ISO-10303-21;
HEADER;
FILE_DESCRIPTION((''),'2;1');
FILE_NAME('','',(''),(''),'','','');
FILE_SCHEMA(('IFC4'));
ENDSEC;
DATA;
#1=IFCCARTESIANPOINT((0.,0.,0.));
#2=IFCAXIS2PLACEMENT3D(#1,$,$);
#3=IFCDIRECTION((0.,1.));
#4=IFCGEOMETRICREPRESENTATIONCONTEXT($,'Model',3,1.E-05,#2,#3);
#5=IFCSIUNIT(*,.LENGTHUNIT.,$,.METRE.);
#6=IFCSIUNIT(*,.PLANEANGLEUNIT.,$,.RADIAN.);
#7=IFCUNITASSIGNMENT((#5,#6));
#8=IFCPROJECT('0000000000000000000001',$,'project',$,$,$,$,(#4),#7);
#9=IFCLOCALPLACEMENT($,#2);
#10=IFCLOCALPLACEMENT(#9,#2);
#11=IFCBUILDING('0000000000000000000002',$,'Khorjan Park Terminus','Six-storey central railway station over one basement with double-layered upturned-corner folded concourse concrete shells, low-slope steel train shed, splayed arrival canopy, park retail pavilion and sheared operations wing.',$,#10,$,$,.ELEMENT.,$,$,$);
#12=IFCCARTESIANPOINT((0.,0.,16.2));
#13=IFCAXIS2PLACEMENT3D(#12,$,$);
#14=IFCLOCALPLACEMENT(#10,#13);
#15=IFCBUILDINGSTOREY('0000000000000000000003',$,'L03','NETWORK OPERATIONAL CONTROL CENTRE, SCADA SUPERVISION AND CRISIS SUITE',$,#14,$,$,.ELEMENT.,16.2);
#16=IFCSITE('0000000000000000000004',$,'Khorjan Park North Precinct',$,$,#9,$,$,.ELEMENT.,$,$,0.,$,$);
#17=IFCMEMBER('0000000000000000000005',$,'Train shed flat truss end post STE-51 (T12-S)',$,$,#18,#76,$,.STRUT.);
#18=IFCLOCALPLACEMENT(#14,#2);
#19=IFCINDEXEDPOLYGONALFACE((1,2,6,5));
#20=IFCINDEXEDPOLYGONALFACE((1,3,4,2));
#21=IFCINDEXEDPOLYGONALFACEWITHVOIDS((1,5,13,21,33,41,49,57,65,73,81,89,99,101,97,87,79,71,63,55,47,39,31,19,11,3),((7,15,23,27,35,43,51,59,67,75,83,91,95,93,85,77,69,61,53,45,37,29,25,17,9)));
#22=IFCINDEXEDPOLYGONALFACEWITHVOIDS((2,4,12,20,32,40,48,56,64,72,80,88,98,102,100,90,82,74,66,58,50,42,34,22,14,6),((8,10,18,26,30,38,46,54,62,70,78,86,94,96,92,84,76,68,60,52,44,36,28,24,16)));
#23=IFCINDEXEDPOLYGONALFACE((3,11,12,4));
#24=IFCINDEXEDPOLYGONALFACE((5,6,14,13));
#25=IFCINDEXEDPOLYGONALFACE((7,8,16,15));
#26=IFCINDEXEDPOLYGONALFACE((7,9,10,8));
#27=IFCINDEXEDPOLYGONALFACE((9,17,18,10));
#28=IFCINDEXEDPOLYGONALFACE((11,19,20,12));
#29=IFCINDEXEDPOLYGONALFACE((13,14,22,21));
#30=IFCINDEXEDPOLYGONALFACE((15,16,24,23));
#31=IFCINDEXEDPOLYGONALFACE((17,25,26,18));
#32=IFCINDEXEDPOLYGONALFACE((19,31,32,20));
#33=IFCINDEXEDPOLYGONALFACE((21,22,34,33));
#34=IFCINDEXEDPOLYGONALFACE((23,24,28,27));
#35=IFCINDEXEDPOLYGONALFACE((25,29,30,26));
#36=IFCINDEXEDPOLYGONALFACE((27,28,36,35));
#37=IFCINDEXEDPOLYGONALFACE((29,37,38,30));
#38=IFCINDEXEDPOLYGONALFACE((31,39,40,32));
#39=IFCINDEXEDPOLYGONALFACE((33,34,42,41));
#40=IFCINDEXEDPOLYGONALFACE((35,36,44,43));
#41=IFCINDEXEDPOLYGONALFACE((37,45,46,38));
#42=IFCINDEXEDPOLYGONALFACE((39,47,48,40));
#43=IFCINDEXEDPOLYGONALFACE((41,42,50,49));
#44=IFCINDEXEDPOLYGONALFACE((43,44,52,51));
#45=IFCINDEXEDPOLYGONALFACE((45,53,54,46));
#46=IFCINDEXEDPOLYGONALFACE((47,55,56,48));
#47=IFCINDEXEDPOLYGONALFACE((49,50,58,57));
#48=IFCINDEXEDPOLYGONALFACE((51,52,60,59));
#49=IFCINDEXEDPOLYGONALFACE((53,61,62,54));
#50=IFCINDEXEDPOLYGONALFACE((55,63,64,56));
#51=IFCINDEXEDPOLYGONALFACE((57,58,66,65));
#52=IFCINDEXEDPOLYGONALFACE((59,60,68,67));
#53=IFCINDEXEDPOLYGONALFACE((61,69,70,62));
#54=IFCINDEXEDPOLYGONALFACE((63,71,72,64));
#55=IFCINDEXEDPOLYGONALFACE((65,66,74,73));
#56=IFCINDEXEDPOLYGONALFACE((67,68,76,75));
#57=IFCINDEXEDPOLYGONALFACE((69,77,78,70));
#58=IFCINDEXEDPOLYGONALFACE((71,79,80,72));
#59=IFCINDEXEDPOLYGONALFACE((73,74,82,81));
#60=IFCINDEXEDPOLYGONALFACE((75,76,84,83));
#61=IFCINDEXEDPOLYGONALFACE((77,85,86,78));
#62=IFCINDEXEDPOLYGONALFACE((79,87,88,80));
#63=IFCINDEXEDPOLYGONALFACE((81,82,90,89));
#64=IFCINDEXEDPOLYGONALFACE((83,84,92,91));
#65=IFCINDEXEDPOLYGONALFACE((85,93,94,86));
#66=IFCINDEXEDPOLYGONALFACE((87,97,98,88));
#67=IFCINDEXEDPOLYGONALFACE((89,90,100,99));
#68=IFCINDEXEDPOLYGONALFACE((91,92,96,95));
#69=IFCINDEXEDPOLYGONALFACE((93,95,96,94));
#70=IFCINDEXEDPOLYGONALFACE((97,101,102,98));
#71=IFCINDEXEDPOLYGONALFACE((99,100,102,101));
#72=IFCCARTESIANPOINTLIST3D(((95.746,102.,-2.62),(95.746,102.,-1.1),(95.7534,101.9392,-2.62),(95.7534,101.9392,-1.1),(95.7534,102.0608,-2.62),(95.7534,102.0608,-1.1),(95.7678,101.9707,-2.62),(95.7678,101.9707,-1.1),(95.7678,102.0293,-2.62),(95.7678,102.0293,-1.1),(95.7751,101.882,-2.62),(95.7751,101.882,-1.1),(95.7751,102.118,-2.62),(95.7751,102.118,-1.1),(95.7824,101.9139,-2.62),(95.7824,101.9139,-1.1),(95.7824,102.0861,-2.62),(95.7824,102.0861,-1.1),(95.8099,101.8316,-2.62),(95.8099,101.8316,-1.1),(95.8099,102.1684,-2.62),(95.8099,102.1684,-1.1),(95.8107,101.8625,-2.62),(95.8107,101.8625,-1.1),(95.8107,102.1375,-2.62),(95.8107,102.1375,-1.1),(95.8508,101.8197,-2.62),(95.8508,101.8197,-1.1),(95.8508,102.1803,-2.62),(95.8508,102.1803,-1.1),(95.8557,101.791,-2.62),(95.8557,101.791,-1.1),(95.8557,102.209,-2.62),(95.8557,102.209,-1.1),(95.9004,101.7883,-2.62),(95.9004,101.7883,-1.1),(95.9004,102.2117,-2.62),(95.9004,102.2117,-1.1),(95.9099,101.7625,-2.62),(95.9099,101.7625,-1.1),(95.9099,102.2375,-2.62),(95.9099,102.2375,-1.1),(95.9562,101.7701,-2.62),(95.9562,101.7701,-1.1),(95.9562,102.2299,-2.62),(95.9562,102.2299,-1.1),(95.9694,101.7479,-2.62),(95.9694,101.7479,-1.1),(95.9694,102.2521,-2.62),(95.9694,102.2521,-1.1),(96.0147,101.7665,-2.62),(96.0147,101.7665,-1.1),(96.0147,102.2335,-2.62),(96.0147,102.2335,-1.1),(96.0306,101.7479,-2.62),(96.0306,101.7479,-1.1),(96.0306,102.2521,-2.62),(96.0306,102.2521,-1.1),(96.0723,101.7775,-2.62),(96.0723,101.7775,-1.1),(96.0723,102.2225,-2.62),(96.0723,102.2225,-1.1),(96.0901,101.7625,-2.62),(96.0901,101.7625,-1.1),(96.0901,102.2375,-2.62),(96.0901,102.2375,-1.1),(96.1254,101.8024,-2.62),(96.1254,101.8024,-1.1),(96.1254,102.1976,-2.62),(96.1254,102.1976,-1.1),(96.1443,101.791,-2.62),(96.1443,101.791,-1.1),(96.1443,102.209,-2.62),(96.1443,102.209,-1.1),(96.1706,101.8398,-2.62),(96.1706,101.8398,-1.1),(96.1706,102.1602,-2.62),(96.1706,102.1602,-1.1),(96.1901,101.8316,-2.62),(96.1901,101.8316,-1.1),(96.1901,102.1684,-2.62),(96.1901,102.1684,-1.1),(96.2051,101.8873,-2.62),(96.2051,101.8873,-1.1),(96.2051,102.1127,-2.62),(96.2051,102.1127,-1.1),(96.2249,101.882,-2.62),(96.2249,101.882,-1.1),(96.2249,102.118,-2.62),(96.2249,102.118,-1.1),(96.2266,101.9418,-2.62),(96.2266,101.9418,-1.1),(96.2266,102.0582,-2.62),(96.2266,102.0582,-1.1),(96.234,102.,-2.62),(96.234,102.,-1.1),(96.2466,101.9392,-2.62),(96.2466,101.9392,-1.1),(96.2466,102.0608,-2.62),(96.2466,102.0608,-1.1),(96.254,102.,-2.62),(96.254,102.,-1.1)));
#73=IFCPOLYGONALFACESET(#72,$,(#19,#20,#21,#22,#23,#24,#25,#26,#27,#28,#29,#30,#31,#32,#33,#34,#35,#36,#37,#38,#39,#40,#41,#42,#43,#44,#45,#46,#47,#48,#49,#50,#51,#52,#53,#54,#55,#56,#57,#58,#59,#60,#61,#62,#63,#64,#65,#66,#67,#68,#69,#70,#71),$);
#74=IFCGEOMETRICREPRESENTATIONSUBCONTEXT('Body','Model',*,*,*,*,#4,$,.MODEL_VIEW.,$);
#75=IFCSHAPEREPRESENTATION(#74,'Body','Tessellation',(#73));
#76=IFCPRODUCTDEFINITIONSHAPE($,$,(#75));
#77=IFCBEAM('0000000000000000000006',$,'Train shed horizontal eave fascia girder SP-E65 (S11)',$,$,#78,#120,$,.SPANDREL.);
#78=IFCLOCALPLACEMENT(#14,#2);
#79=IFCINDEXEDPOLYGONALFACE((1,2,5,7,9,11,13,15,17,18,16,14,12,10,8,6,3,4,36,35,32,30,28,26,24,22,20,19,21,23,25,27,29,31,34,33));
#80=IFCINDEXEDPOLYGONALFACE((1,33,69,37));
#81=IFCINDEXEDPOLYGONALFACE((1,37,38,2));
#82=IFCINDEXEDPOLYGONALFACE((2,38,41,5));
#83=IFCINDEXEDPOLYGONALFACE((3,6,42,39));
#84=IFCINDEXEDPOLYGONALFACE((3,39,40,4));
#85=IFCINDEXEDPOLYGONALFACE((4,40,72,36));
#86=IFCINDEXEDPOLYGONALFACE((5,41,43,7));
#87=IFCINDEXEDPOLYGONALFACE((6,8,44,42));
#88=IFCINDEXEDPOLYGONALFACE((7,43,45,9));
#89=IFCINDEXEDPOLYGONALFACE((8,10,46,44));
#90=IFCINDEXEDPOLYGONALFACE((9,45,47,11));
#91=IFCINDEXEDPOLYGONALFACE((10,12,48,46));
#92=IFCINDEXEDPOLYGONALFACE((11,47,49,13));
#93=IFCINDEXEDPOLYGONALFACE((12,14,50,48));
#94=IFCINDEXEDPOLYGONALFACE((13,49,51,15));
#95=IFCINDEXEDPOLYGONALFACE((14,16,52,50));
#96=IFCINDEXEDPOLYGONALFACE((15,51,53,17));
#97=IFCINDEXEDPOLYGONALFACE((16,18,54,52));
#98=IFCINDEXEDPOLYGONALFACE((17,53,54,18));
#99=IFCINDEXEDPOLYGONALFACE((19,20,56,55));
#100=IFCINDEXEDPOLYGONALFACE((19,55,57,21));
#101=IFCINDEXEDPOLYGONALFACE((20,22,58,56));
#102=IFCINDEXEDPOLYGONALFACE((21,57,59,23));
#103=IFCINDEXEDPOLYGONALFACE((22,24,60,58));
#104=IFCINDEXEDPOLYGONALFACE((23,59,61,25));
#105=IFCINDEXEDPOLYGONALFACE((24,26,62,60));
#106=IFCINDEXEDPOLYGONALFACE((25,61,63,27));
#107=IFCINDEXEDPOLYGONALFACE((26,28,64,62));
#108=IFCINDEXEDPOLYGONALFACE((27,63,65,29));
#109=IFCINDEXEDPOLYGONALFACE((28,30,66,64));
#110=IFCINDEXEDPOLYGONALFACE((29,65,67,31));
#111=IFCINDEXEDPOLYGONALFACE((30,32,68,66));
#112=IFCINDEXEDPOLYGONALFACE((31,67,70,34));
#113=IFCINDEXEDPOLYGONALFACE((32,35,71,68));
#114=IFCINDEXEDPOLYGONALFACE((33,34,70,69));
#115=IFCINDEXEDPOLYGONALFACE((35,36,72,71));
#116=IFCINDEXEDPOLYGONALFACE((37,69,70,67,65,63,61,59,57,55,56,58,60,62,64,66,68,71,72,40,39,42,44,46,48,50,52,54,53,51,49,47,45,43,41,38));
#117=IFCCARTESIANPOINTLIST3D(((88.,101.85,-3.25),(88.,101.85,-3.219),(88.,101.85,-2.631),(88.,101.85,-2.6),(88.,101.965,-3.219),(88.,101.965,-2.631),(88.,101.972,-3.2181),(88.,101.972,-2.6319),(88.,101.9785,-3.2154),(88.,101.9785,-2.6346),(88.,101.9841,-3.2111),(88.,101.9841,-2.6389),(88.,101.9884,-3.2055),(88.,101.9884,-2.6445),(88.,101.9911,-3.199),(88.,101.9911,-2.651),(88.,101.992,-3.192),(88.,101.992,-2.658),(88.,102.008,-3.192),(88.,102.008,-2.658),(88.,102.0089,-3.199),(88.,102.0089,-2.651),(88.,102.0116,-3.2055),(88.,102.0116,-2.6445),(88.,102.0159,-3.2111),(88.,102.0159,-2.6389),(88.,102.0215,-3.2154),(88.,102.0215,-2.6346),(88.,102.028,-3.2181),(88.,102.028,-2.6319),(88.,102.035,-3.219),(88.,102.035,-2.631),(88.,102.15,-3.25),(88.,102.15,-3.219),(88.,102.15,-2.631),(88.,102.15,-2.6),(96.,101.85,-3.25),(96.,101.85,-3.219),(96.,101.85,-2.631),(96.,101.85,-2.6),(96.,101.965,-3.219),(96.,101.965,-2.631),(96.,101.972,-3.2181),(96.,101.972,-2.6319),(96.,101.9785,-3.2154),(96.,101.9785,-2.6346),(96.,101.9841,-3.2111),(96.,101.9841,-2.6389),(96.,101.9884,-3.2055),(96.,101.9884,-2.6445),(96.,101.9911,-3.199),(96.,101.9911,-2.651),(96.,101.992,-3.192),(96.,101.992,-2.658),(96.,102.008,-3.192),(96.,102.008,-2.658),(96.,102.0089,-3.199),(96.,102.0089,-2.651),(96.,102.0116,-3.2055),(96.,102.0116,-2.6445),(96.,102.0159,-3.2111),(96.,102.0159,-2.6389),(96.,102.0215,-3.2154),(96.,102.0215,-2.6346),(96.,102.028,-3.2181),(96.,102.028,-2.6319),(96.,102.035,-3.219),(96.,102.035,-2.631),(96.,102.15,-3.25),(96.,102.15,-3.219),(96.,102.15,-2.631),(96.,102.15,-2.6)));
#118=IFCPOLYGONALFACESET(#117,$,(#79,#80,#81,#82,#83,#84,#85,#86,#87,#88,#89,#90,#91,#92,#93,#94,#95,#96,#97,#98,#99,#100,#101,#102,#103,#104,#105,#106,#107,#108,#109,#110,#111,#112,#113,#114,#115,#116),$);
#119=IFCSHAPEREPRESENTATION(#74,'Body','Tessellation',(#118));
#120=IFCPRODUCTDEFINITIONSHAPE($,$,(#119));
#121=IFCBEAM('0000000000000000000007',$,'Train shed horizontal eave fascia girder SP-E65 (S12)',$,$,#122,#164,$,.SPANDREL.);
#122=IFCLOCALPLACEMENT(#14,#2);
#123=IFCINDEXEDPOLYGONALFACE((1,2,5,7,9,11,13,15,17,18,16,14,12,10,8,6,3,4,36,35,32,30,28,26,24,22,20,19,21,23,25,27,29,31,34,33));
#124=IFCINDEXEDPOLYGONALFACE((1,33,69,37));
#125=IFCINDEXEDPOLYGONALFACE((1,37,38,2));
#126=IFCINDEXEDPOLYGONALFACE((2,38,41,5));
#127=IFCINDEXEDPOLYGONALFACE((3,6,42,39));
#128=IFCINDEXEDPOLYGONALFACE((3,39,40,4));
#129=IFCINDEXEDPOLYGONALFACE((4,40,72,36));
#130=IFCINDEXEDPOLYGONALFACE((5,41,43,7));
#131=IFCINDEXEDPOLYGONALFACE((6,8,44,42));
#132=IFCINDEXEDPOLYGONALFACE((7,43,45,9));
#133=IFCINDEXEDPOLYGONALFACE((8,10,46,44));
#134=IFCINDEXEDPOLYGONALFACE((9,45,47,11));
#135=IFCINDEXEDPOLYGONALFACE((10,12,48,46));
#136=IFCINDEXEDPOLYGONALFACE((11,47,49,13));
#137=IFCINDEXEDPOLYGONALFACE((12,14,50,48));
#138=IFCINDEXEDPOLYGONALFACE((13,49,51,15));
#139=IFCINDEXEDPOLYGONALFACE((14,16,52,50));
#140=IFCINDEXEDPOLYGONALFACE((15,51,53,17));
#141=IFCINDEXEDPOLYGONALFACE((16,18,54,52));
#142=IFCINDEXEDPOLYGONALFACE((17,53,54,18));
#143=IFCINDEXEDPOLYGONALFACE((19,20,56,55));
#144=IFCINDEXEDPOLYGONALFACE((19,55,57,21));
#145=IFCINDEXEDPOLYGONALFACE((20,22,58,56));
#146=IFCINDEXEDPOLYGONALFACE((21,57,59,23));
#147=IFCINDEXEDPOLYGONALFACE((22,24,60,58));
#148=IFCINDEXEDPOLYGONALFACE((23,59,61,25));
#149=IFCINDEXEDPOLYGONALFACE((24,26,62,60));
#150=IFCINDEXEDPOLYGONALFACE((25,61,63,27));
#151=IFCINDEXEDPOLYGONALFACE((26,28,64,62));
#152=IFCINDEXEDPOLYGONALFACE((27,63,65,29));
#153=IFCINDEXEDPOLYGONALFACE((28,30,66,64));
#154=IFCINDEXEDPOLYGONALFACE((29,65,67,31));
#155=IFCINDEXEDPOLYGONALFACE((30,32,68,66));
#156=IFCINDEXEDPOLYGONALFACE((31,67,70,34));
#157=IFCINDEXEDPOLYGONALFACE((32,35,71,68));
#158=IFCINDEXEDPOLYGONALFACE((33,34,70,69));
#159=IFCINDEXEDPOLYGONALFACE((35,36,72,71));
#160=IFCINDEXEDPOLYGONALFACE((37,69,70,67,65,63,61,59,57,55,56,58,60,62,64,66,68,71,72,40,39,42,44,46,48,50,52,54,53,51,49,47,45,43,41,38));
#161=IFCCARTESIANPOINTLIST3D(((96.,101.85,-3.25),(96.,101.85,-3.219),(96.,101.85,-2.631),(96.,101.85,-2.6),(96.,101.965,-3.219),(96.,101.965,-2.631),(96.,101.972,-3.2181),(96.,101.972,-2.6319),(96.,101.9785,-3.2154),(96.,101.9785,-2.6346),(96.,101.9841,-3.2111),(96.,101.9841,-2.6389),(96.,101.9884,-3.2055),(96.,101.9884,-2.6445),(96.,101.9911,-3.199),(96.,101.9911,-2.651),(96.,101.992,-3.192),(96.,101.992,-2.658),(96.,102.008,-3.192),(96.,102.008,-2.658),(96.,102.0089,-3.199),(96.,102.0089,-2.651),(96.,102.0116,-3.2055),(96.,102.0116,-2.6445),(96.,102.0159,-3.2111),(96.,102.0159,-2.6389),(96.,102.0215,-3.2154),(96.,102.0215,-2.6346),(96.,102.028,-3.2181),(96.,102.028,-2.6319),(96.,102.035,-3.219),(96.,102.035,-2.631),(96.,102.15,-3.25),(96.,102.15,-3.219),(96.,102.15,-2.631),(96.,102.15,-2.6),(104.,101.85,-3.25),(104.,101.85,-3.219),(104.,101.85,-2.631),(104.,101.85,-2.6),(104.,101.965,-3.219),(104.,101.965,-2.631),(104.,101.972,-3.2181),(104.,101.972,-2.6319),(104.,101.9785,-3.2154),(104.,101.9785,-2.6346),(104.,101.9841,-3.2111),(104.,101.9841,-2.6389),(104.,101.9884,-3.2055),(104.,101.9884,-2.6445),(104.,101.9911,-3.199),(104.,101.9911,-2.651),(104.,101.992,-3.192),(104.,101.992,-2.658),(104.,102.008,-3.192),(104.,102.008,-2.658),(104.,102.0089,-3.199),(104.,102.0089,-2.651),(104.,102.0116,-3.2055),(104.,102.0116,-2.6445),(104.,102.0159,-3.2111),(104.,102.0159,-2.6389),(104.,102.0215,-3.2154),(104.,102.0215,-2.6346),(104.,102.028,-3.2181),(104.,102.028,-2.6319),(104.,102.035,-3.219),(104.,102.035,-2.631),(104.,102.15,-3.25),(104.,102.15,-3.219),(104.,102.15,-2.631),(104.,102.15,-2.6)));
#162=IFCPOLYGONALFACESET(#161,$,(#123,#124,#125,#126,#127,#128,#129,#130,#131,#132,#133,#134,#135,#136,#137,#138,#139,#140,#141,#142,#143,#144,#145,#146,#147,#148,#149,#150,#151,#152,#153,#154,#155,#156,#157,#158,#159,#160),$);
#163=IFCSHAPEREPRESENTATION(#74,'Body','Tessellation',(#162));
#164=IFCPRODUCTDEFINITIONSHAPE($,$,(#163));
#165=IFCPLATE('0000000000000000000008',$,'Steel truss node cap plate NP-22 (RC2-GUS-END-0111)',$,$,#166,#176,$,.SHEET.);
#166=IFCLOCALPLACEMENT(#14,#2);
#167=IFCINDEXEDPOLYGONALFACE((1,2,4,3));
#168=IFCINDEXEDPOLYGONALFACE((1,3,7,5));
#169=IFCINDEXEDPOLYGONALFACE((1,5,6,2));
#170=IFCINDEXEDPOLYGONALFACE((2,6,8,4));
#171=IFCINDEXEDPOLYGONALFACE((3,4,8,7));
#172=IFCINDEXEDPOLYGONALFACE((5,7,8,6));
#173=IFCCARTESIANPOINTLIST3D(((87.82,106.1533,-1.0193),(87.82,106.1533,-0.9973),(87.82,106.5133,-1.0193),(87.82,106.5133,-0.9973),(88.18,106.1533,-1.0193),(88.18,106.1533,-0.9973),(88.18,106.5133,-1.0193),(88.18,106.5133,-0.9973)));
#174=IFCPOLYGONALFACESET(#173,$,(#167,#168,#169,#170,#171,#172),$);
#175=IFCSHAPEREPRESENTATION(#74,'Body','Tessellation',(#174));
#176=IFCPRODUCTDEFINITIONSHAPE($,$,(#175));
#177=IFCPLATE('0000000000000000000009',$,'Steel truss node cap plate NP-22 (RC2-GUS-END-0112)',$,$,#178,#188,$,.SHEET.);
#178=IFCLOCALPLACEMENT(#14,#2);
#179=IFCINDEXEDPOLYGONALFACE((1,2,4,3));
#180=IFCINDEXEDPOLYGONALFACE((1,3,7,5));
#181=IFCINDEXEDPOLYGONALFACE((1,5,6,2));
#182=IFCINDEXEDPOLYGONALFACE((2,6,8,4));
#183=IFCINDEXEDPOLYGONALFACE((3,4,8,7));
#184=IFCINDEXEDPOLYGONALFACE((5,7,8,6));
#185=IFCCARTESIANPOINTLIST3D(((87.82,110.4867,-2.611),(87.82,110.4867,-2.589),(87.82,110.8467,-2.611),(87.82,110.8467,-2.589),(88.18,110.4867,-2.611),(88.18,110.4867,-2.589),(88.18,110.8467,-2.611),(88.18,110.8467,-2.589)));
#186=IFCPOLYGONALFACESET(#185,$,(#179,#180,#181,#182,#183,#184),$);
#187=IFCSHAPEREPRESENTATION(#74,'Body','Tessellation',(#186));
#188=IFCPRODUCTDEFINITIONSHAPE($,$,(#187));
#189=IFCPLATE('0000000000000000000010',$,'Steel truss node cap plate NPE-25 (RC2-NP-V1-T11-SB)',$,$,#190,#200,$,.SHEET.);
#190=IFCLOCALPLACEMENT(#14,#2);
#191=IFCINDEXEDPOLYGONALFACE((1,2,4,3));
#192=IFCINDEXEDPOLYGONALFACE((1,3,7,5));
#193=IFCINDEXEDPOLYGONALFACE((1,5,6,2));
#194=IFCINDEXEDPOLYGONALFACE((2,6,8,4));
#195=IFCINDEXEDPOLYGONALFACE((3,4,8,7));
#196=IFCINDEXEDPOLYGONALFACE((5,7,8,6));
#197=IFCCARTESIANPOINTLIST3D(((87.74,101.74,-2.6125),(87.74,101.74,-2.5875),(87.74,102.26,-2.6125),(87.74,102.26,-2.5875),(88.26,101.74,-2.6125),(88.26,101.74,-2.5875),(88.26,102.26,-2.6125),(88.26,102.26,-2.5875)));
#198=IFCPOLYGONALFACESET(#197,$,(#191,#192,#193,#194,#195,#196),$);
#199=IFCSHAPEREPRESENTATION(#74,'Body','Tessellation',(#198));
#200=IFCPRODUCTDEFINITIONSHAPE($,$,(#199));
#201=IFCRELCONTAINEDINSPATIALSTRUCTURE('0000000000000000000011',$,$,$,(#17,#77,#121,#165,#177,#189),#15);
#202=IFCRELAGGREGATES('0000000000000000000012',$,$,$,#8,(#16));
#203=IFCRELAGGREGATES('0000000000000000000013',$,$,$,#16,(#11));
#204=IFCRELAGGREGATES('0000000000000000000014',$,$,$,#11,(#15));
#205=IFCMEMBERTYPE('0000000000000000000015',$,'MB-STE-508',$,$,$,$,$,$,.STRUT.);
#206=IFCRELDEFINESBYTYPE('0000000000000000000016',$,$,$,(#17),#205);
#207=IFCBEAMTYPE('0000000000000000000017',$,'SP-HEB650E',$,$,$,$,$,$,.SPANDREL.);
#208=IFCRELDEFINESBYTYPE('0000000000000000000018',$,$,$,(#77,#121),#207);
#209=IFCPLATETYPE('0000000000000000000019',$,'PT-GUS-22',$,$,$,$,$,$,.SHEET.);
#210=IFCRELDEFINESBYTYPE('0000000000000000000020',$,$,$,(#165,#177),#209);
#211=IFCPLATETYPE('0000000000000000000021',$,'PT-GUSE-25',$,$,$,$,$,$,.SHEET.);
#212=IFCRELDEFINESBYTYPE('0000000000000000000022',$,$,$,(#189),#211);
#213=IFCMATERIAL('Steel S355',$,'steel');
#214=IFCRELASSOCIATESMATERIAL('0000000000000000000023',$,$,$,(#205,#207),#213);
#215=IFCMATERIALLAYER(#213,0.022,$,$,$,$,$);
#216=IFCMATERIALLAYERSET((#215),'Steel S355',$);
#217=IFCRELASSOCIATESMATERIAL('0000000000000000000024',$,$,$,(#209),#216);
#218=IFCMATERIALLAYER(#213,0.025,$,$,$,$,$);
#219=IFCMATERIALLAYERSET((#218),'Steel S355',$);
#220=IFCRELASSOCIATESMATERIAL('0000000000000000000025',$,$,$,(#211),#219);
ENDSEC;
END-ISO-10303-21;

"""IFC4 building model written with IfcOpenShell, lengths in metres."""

from ifc_helpers import new_model, si_unit, direction, frame, origin, origin_2d, place, context, subcontext, project, spatial, rectangle, hollow_circle, i_section, extrude, material, layer, layer_set, material_profile, profile_set, type_object, element, save


model = new_model("IFC4")

# Units and contexts
model_context = context("Model", 3, precision=1e-05, world=origin(), true_north=direction((0.0, 1.0)))
body_context = subcontext(model_context, "Body", "Model", "MODEL_VIEW")
ifc_project = project(units=[si_unit("LENGTHUNIT", "METRE"), si_unit("PLANEANGLEUNIT", "RADIAN")], contexts=[model_context])

# Site, building, storey
site_placement = place(None, origin())
site = spatial("IfcSite", under=ifc_project, at=site_placement, Name="Khorjan Park North Precinct", CompositionType="ELEMENT", RefElevation=0.0)
building_placement = place(site_placement, origin())
building = spatial("IfcBuilding", under=site, at=building_placement, Name="Khorjan Park Terminus", Description="Six-storey central railway station over one basement with double-layered upturned-corner folded concourse concrete shells, low-slope steel train shed, splayed arrival canopy, park retail pavilion and sheared operations wing.", CompositionType="ELEMENT")
storey_placement = place(building_placement, frame((0.0, 0.0, 16.2)))
storey = spatial("IfcBuildingStorey", under=building, at=storey_placement, Name="L03", Description="NETWORK OPERATIONAL CONTROL CENTRE, SCADA SUPERVISION AND CRISIS SUITE", CompositionType="ELEMENT", Elevation=16.2)

# Member
ifc_material_1 = material(Name="Steel S355", Category="steel")
ifc_material_profile_1 = material_profile(ifc_material_1, hollow_circle(Radius=0.254, WallThickness=0.02, at=origin_2d()), Name="CHS 508x20")
ifc_profile_set_1 = profile_set([ifc_material_profile_1], Name="Steel S355")
member_type_1 = type_object("IfcMemberType", Name="MB-STE-508", PredefinedType="STRUT", material=ifc_profile_set_1)
for number, where, z_axis, x_axis, name in (
    (1, (96.0, 102.0, -2.62), (0.0, 0.0, 1.0), (1.0, 0.0, 0.0), "Train shed flat truss end post STE-51 (T12-S)"),
):
    element("IfcMember", number, at=place(storey_placement, frame(where, z_axis=z_axis, x_axis=x_axis)), inside=storey, type_object=member_type_1, Name=name, PredefinedType="STRUT", context=body_context, shape_type="SweptSolid", body=[
        extrude(hollow_circle(Radius=0.254, WallThickness=0.02, at=origin_2d()), origin(), (0.0, 0.0, 1.0), 1.52),
    ])

# Beams
ifc_material_profile_2 = material_profile(ifc_material_1, i_section(OverallWidth=0.3, OverallDepth=0.65, WebThickness=0.016, FlangeThickness=0.031, FilletRadius=0.027, at=origin_2d()), Name="HEB 650")
ifc_profile_set_2 = profile_set([ifc_material_profile_2], Name="Steel S355")
beam_type = type_object("IfcBeamType", Name="SP-HEB650E", PredefinedType="SPANDREL", material=ifc_profile_set_2)
for number, where, z_axis, x_axis, name in (
    (2, (88.0, 102.0, -2.925), (1.0, 0.0, 0.0), (0.0, 1.0, 0.0), "Train shed horizontal eave fascia girder SP-E65 (S11)"),
    (3, (96.0, 102.0, -2.925), (1.0, 0.0, 0.0), (0.0, 1.0, 0.0), "Train shed horizontal eave fascia girder SP-E65 (S12)"),
):
    element("IfcBeam", number, at=place(storey_placement, frame(where, z_axis=z_axis, x_axis=x_axis)), inside=storey, type_object=beam_type, Name=name, PredefinedType="SPANDREL", context=body_context, shape_type="SweptSolid", body=[
        extrude(i_section(OverallWidth=0.3, OverallDepth=0.65, WebThickness=0.016, FlangeThickness=0.031, FilletRadius=0.027, at=origin_2d()), origin(), (0.0, 0.0, 1.0), 8.0),
    ])

# Plates
ifc_layer_1 = layer(ifc_material_1, 0.022)
ifc_layer_set_1 = layer_set([ifc_layer_1], Name="Steel S355")
plate_type_1 = type_object("IfcPlateType", Name="PT-GUS-22", PredefinedType="SHEET", material=ifc_layer_set_1)
for number, where, z_axis, x_axis, name in (
    (4, (88.0, 106.3333, -1.0193), (0.0, 0.0, 1.0), (1.0, 0.0, 0.0), "Steel truss node cap plate NP-22 (RC2-GUS-END-0111)"),
    (5, (88.0, 110.6667, -2.611), (0.0, 0.0, 1.0), (1.0, 0.0, 0.0), "Steel truss node cap plate NP-22 (RC2-GUS-END-0112)"),
):
    element("IfcPlate", number, at=place(storey_placement, frame(where, z_axis=z_axis, x_axis=x_axis)), inside=storey, type_object=plate_type_1, Name=name, PredefinedType="SHEET", context=body_context, shape_type="SweptSolid", body=[
        extrude(rectangle(XDim=0.36, YDim=0.36, at=origin_2d()), origin(), (0.0, 0.0, 1.0), 0.022),
    ])
ifc_layer_2 = layer(ifc_material_1, 0.025)
ifc_layer_set_2 = layer_set([ifc_layer_2], Name="Steel S355")
plate_type_2 = type_object("IfcPlateType", Name="PT-GUSE-25", PredefinedType="SHEET", material=ifc_layer_set_2)
plate_1_placement = place(storey_placement, frame((88.0, 102.0, -2.6125), z_axis=(0.0, 0.0, 1.0), x_axis=(1.0, 0.0, 0.0)))
element("IfcPlate", 6, at=plate_1_placement, inside=storey, type_object=plate_type_2, Name="Steel truss node cap plate NPE-25 (RC2-NP-V1-T11-SB)", PredefinedType="SHEET", context=body_context, shape_type="SweptSolid", body=[
    extrude(rectangle(XDim=0.52, YDim=0.52, at=origin_2d()), origin(), (0.0, 0.0, 1.0), 0.025),
])

save(model, "model.ifc")
